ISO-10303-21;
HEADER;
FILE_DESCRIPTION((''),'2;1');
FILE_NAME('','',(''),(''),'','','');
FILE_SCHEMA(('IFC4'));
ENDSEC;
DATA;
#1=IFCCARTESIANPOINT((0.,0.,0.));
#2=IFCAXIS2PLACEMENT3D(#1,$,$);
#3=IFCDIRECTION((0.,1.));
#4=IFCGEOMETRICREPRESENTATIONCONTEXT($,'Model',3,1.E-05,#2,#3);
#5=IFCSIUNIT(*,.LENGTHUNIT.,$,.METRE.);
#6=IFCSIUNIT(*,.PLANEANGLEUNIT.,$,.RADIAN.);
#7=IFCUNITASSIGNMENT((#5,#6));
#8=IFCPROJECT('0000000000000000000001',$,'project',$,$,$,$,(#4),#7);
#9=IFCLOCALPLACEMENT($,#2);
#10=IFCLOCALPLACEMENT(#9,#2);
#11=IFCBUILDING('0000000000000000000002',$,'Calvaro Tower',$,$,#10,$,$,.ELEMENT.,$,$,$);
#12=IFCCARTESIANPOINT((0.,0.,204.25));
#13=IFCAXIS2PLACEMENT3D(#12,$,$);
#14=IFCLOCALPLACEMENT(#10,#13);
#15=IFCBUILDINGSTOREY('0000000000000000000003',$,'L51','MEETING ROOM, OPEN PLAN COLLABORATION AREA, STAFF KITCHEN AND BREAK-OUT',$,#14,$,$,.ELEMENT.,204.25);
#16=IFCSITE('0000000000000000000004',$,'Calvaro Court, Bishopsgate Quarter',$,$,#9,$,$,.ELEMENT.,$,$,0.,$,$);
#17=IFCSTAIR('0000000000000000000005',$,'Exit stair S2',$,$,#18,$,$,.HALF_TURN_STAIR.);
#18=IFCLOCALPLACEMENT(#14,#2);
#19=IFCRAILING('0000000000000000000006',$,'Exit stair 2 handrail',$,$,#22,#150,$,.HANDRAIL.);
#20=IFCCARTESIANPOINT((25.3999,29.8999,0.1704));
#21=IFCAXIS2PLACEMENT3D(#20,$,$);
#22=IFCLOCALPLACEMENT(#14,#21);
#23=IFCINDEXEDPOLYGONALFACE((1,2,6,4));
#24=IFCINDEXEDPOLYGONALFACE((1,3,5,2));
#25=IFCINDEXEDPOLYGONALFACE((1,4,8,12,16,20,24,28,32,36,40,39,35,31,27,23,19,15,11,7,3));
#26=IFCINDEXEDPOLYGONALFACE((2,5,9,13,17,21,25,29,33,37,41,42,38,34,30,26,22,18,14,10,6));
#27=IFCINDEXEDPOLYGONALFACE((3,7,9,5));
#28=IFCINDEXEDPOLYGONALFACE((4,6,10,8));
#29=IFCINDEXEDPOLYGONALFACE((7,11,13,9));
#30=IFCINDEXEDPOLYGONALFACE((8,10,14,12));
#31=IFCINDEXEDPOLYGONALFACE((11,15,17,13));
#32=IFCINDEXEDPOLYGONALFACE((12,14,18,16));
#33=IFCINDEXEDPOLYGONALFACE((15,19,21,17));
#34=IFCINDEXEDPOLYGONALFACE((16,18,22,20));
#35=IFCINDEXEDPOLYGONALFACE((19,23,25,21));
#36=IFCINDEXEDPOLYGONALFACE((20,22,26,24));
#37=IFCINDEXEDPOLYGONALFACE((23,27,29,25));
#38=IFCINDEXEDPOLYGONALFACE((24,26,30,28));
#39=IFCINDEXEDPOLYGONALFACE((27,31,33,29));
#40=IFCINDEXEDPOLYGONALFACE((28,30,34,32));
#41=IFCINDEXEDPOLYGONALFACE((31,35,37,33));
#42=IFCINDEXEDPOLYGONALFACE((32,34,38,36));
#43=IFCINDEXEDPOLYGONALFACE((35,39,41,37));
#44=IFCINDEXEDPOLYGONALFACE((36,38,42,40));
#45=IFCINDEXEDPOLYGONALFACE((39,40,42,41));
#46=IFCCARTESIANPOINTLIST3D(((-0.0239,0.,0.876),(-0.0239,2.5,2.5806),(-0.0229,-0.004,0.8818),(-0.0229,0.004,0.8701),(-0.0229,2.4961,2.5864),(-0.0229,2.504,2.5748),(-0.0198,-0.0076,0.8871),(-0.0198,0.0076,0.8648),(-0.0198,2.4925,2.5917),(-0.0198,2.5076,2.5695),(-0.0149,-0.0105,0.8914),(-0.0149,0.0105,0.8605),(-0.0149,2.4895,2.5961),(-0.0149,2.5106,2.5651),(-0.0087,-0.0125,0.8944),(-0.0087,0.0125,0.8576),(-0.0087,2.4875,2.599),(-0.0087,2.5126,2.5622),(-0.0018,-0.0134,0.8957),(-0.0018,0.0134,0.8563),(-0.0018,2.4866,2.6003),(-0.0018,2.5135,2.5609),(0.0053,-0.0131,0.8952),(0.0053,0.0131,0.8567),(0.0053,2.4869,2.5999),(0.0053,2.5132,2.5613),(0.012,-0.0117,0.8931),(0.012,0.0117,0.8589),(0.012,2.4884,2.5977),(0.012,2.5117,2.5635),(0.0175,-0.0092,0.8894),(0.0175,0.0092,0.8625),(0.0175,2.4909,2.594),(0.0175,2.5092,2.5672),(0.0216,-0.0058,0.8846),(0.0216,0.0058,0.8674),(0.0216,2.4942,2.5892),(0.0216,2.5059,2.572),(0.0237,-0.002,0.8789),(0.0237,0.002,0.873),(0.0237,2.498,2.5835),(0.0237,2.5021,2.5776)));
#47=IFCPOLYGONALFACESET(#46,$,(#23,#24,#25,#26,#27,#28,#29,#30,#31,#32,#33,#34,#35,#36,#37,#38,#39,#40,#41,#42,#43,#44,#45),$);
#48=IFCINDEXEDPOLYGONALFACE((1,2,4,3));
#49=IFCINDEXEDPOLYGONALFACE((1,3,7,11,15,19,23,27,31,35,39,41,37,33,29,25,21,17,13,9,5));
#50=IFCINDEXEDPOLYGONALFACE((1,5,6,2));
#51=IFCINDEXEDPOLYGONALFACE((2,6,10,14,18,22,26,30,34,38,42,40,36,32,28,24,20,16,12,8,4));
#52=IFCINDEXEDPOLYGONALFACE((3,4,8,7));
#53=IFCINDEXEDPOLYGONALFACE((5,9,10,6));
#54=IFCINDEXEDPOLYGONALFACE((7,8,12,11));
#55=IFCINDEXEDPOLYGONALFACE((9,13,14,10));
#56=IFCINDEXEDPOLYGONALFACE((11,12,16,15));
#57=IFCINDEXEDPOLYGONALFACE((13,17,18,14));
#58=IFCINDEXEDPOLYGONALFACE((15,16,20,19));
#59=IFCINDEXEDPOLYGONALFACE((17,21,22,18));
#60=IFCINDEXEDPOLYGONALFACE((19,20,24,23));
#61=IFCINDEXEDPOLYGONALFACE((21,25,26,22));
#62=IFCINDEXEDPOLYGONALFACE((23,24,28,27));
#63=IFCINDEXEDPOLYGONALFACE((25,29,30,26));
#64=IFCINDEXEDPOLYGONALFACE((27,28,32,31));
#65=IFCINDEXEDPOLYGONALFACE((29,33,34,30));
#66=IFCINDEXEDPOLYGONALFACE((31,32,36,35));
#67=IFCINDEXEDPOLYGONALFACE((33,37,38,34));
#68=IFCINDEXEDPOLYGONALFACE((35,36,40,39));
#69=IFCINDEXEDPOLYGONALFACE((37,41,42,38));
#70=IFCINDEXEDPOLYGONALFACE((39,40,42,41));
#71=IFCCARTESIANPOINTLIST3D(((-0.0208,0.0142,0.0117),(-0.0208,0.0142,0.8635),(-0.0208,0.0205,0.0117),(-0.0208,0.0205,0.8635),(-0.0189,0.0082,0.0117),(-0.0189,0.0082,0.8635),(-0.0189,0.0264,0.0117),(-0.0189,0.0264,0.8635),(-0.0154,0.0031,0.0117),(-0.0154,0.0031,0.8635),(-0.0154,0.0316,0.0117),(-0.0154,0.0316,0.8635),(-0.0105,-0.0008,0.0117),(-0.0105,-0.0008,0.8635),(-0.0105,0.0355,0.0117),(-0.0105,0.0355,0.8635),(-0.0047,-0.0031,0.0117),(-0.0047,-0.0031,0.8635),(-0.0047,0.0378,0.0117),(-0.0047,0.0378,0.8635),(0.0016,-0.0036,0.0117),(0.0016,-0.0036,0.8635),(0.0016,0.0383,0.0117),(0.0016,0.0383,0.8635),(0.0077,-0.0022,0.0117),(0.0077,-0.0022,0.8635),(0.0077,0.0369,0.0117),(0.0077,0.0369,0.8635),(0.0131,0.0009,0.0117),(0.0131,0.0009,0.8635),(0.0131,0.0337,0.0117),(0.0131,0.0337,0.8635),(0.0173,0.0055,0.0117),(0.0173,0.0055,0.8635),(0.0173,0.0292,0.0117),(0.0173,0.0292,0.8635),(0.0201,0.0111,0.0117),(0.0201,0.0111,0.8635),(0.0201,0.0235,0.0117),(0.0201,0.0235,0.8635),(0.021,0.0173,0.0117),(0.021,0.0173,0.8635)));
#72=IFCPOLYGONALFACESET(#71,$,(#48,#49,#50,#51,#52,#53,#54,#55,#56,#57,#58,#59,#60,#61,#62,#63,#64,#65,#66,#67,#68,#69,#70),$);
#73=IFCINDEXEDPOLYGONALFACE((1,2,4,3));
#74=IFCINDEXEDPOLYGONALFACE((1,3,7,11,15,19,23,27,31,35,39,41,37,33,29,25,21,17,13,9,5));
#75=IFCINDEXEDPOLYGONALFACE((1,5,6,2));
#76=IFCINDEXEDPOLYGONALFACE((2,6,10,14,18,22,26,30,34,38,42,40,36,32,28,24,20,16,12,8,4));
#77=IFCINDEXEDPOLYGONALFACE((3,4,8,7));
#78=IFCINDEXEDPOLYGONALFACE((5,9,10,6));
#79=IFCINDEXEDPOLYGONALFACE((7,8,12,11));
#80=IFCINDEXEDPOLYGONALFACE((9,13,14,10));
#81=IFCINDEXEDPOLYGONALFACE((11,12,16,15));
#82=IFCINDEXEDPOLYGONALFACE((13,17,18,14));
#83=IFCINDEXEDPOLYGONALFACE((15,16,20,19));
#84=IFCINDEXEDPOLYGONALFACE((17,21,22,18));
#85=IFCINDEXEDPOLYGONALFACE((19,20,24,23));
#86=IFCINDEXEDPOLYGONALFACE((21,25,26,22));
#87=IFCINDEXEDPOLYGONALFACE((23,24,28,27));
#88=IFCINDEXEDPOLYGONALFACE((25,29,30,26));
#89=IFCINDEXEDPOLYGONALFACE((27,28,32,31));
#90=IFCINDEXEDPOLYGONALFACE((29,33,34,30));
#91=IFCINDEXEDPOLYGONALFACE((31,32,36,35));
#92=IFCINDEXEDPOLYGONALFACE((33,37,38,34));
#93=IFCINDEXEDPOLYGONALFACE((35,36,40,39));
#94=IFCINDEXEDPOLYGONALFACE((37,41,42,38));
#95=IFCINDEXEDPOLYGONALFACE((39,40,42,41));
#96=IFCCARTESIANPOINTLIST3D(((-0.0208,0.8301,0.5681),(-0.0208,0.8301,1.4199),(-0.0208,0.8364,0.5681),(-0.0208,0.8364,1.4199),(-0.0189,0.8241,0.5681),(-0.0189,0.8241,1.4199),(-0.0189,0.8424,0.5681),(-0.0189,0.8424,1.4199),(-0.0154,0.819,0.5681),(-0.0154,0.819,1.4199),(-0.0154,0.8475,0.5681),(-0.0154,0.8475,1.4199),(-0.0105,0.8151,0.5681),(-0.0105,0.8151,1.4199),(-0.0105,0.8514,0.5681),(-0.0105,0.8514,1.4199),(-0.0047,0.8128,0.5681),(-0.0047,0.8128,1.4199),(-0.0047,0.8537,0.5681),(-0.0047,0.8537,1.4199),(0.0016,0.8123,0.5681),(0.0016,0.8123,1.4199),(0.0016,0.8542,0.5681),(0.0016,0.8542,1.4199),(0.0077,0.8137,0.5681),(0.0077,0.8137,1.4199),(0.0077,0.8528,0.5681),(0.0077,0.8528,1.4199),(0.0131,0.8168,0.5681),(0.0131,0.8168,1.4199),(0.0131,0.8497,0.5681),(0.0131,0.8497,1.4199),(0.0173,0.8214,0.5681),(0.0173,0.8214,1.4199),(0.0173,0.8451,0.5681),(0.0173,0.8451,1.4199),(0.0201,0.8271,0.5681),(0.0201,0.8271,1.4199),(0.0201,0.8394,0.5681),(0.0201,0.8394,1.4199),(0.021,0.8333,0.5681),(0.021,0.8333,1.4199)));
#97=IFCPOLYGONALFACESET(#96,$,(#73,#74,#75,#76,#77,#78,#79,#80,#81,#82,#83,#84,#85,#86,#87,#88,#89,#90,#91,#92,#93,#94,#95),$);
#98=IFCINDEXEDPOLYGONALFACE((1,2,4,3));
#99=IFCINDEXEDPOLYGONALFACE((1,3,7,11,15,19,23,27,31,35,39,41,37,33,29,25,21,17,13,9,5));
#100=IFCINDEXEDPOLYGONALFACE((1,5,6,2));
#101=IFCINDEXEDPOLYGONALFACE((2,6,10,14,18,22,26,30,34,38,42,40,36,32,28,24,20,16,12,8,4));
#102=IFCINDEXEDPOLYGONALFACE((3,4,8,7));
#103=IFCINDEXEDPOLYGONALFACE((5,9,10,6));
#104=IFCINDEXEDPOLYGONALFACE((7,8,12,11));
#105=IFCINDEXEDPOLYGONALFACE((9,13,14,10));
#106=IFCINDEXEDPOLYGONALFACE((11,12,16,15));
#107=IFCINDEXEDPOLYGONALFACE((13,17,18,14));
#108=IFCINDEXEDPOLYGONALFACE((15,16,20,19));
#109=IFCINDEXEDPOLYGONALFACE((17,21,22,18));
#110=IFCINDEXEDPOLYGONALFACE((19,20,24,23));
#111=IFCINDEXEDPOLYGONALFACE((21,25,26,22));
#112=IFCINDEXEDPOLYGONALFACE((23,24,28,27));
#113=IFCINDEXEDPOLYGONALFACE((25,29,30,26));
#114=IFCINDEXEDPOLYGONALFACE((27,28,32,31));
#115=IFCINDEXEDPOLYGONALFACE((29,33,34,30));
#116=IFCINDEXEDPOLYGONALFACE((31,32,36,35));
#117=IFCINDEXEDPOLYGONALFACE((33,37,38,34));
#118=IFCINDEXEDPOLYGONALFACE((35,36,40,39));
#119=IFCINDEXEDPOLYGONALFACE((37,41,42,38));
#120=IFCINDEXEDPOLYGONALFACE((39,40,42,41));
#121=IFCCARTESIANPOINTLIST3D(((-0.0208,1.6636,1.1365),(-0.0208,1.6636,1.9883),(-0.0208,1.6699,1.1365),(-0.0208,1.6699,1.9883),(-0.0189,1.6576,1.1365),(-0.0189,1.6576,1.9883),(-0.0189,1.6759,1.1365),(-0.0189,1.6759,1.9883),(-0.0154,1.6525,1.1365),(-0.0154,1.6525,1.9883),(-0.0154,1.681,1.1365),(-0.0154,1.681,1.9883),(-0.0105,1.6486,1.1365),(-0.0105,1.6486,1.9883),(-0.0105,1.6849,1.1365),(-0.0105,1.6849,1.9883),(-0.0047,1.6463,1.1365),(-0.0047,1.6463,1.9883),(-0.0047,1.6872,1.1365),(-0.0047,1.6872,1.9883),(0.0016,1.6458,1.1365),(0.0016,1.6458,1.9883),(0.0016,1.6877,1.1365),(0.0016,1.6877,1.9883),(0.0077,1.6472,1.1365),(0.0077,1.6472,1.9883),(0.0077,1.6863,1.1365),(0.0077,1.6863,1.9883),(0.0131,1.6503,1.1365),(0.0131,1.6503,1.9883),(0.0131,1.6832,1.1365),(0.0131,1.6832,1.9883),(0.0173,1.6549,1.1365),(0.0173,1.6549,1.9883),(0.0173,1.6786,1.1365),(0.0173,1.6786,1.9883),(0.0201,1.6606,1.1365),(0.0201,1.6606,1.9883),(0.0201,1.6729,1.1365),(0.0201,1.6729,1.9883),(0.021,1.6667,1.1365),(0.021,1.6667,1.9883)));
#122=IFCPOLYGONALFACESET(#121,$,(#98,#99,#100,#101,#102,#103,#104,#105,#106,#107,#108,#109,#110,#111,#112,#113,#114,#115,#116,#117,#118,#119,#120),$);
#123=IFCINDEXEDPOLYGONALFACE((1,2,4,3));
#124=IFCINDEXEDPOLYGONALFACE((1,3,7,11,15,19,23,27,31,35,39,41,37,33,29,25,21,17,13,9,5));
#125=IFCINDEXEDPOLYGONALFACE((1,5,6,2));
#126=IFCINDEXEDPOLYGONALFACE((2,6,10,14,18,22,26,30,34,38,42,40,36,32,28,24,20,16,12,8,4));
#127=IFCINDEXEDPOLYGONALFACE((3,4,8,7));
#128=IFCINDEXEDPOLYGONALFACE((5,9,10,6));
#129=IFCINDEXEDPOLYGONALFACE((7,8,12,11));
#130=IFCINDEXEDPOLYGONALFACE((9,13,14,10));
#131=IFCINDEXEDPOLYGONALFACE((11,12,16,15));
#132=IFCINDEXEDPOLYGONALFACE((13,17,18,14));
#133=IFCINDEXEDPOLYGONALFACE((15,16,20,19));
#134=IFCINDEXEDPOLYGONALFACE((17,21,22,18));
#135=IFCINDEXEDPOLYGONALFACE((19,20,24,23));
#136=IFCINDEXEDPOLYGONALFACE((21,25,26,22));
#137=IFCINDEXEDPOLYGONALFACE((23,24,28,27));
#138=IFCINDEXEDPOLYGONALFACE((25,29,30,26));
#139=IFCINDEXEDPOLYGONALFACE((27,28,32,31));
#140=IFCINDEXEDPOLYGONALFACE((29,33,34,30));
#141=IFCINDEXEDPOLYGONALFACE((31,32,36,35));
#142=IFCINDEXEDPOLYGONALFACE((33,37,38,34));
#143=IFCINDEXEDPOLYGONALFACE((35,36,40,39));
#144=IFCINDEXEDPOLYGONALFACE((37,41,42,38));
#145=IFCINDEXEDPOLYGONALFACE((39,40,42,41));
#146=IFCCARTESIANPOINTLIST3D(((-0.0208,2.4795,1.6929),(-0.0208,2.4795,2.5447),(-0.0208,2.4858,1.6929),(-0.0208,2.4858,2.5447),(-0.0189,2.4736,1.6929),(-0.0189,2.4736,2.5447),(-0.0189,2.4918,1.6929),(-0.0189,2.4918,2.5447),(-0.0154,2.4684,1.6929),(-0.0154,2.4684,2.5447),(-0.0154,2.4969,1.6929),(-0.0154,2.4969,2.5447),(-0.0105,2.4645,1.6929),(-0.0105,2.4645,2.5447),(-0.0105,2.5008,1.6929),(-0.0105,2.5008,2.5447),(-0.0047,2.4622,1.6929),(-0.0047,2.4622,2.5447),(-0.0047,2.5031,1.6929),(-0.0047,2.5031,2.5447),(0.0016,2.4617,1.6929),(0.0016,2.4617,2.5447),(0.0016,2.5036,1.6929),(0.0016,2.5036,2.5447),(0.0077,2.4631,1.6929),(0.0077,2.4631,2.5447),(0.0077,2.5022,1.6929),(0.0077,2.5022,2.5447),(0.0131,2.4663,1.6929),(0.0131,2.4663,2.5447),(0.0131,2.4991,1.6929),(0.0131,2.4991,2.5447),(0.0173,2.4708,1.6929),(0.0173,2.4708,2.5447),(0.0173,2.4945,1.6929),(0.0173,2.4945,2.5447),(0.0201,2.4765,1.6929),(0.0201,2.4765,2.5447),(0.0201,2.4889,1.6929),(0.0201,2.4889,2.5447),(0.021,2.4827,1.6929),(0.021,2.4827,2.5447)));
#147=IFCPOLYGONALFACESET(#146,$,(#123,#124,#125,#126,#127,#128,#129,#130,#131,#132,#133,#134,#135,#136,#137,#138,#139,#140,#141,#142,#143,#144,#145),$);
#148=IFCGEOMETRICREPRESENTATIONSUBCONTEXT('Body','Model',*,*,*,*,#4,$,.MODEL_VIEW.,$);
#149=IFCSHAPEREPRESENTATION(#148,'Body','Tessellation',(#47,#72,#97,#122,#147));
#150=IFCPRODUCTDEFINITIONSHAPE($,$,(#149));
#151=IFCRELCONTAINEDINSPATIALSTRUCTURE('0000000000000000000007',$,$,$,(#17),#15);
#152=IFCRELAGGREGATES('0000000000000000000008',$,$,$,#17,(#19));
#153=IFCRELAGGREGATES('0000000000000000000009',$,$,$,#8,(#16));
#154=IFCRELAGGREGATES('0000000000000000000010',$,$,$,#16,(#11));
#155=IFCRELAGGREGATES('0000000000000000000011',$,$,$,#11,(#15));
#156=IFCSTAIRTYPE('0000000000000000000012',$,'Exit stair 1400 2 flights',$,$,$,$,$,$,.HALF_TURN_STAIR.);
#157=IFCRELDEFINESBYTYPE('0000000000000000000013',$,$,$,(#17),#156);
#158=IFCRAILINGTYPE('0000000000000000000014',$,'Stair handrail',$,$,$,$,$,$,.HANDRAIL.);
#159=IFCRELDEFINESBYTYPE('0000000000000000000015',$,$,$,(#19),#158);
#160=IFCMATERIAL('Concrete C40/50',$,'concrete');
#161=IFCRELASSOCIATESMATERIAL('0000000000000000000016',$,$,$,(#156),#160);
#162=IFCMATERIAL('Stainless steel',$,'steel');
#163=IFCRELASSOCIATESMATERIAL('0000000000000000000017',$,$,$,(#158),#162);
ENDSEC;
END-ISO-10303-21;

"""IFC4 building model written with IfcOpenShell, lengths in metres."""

from ifc_helpers import new_model, si_unit, direction, frame, origin, origin_2d, place, context, subcontext, project, spatial, circle, extrude, material, type_object, element, aggregate, save


model = new_model("IFC4")

# Units and contexts
model_context = context("Model", 3, precision=1e-05, world=origin(), true_north=direction((0.0, 1.0)))
body_context = subcontext(model_context, "Body", "Model", "MODEL_VIEW")
ifc_project = project(units=[si_unit("LENGTHUNIT", "METRE"), si_unit("PLANEANGLEUNIT", "RADIAN")], contexts=[model_context])

# Site, building, storey
site_placement = place(None, origin())
site = spatial("IfcSite", under=ifc_project, at=site_placement, Name="Calvaro Court, Bishopsgate Quarter", CompositionType="ELEMENT", RefElevation=0.0)
building_placement = place(site_placement, origin())
building = spatial("IfcBuilding", under=site, at=building_placement, Name="Calvaro Tower", CompositionType="ELEMENT")
storey_placement = place(building_placement, frame((0.0, 0.0, 204.25)))
storey = spatial("IfcBuildingStorey", under=building, at=storey_placement, Name="L51", Description="MEETING ROOM, OPEN PLAN COLLABORATION AREA, STAFF KITCHEN AND BREAK-OUT", CompositionType="ELEMENT", Elevation=204.25)

# Stair, railing
ifc_material_1 = material(Name="Concrete C40/50", Category="concrete")
stair_type = type_object("IfcStairType", Name="Exit stair 1400 2 flights", PredefinedType="HALF_TURN_STAIR", material=ifc_material_1)
stair_placement = place(storey_placement, origin())
stair = element("IfcStair", 1, at=stair_placement, inside=storey, type_object=stair_type, Name="Exit stair S2", PredefinedType="HALF_TURN_STAIR")
ifc_material_2 = material(Name="Stainless steel", Category="steel")
railing_type = type_object("IfcRailingType", Name="Stair handrail", PredefinedType="HANDRAIL", material=ifc_material_2)
railing_1_placement = place(storey_placement, frame((25.3999, 29.8999, 0.1704)))
railing_1 = element("IfcRailing", 2, at=railing_1_placement, type_object=railing_type, Name="Exit stair 2 handrail", PredefinedType="HANDRAIL", context=body_context, shape_type="SweptSolid", body=[
    extrude(circle(Radius=0.0239, at=origin_2d()), frame((0.0, 0.0, 0.876), z_axis=(0.0, 0.826221, 0.563347), x_axis=(-1.0, 0.0, 0.0)), (0.0, 0.0, 1.0), 3.0259),
    extrude(circle(Radius=0.021, at=origin_2d()), frame((0.0, 0.0173, 0.0117)), (0.0, 0.0, 1.0), 0.8518),
    extrude(circle(Radius=0.021, at=origin_2d()), frame((0.0, 0.8333, 0.5681)), (0.0, 0.0, 1.0), 0.8518),
    extrude(circle(Radius=0.021, at=origin_2d()), frame((0.0, 1.6667, 1.1365)), (0.0, 0.0, 1.0), 0.8518),
    extrude(circle(Radius=0.021, at=origin_2d()), frame((0.0, 2.4827, 1.6929)), (0.0, 0.0, 1.0), 0.8518),
])
aggregate(stair, [railing_1])

save(model, "model.ifc")
